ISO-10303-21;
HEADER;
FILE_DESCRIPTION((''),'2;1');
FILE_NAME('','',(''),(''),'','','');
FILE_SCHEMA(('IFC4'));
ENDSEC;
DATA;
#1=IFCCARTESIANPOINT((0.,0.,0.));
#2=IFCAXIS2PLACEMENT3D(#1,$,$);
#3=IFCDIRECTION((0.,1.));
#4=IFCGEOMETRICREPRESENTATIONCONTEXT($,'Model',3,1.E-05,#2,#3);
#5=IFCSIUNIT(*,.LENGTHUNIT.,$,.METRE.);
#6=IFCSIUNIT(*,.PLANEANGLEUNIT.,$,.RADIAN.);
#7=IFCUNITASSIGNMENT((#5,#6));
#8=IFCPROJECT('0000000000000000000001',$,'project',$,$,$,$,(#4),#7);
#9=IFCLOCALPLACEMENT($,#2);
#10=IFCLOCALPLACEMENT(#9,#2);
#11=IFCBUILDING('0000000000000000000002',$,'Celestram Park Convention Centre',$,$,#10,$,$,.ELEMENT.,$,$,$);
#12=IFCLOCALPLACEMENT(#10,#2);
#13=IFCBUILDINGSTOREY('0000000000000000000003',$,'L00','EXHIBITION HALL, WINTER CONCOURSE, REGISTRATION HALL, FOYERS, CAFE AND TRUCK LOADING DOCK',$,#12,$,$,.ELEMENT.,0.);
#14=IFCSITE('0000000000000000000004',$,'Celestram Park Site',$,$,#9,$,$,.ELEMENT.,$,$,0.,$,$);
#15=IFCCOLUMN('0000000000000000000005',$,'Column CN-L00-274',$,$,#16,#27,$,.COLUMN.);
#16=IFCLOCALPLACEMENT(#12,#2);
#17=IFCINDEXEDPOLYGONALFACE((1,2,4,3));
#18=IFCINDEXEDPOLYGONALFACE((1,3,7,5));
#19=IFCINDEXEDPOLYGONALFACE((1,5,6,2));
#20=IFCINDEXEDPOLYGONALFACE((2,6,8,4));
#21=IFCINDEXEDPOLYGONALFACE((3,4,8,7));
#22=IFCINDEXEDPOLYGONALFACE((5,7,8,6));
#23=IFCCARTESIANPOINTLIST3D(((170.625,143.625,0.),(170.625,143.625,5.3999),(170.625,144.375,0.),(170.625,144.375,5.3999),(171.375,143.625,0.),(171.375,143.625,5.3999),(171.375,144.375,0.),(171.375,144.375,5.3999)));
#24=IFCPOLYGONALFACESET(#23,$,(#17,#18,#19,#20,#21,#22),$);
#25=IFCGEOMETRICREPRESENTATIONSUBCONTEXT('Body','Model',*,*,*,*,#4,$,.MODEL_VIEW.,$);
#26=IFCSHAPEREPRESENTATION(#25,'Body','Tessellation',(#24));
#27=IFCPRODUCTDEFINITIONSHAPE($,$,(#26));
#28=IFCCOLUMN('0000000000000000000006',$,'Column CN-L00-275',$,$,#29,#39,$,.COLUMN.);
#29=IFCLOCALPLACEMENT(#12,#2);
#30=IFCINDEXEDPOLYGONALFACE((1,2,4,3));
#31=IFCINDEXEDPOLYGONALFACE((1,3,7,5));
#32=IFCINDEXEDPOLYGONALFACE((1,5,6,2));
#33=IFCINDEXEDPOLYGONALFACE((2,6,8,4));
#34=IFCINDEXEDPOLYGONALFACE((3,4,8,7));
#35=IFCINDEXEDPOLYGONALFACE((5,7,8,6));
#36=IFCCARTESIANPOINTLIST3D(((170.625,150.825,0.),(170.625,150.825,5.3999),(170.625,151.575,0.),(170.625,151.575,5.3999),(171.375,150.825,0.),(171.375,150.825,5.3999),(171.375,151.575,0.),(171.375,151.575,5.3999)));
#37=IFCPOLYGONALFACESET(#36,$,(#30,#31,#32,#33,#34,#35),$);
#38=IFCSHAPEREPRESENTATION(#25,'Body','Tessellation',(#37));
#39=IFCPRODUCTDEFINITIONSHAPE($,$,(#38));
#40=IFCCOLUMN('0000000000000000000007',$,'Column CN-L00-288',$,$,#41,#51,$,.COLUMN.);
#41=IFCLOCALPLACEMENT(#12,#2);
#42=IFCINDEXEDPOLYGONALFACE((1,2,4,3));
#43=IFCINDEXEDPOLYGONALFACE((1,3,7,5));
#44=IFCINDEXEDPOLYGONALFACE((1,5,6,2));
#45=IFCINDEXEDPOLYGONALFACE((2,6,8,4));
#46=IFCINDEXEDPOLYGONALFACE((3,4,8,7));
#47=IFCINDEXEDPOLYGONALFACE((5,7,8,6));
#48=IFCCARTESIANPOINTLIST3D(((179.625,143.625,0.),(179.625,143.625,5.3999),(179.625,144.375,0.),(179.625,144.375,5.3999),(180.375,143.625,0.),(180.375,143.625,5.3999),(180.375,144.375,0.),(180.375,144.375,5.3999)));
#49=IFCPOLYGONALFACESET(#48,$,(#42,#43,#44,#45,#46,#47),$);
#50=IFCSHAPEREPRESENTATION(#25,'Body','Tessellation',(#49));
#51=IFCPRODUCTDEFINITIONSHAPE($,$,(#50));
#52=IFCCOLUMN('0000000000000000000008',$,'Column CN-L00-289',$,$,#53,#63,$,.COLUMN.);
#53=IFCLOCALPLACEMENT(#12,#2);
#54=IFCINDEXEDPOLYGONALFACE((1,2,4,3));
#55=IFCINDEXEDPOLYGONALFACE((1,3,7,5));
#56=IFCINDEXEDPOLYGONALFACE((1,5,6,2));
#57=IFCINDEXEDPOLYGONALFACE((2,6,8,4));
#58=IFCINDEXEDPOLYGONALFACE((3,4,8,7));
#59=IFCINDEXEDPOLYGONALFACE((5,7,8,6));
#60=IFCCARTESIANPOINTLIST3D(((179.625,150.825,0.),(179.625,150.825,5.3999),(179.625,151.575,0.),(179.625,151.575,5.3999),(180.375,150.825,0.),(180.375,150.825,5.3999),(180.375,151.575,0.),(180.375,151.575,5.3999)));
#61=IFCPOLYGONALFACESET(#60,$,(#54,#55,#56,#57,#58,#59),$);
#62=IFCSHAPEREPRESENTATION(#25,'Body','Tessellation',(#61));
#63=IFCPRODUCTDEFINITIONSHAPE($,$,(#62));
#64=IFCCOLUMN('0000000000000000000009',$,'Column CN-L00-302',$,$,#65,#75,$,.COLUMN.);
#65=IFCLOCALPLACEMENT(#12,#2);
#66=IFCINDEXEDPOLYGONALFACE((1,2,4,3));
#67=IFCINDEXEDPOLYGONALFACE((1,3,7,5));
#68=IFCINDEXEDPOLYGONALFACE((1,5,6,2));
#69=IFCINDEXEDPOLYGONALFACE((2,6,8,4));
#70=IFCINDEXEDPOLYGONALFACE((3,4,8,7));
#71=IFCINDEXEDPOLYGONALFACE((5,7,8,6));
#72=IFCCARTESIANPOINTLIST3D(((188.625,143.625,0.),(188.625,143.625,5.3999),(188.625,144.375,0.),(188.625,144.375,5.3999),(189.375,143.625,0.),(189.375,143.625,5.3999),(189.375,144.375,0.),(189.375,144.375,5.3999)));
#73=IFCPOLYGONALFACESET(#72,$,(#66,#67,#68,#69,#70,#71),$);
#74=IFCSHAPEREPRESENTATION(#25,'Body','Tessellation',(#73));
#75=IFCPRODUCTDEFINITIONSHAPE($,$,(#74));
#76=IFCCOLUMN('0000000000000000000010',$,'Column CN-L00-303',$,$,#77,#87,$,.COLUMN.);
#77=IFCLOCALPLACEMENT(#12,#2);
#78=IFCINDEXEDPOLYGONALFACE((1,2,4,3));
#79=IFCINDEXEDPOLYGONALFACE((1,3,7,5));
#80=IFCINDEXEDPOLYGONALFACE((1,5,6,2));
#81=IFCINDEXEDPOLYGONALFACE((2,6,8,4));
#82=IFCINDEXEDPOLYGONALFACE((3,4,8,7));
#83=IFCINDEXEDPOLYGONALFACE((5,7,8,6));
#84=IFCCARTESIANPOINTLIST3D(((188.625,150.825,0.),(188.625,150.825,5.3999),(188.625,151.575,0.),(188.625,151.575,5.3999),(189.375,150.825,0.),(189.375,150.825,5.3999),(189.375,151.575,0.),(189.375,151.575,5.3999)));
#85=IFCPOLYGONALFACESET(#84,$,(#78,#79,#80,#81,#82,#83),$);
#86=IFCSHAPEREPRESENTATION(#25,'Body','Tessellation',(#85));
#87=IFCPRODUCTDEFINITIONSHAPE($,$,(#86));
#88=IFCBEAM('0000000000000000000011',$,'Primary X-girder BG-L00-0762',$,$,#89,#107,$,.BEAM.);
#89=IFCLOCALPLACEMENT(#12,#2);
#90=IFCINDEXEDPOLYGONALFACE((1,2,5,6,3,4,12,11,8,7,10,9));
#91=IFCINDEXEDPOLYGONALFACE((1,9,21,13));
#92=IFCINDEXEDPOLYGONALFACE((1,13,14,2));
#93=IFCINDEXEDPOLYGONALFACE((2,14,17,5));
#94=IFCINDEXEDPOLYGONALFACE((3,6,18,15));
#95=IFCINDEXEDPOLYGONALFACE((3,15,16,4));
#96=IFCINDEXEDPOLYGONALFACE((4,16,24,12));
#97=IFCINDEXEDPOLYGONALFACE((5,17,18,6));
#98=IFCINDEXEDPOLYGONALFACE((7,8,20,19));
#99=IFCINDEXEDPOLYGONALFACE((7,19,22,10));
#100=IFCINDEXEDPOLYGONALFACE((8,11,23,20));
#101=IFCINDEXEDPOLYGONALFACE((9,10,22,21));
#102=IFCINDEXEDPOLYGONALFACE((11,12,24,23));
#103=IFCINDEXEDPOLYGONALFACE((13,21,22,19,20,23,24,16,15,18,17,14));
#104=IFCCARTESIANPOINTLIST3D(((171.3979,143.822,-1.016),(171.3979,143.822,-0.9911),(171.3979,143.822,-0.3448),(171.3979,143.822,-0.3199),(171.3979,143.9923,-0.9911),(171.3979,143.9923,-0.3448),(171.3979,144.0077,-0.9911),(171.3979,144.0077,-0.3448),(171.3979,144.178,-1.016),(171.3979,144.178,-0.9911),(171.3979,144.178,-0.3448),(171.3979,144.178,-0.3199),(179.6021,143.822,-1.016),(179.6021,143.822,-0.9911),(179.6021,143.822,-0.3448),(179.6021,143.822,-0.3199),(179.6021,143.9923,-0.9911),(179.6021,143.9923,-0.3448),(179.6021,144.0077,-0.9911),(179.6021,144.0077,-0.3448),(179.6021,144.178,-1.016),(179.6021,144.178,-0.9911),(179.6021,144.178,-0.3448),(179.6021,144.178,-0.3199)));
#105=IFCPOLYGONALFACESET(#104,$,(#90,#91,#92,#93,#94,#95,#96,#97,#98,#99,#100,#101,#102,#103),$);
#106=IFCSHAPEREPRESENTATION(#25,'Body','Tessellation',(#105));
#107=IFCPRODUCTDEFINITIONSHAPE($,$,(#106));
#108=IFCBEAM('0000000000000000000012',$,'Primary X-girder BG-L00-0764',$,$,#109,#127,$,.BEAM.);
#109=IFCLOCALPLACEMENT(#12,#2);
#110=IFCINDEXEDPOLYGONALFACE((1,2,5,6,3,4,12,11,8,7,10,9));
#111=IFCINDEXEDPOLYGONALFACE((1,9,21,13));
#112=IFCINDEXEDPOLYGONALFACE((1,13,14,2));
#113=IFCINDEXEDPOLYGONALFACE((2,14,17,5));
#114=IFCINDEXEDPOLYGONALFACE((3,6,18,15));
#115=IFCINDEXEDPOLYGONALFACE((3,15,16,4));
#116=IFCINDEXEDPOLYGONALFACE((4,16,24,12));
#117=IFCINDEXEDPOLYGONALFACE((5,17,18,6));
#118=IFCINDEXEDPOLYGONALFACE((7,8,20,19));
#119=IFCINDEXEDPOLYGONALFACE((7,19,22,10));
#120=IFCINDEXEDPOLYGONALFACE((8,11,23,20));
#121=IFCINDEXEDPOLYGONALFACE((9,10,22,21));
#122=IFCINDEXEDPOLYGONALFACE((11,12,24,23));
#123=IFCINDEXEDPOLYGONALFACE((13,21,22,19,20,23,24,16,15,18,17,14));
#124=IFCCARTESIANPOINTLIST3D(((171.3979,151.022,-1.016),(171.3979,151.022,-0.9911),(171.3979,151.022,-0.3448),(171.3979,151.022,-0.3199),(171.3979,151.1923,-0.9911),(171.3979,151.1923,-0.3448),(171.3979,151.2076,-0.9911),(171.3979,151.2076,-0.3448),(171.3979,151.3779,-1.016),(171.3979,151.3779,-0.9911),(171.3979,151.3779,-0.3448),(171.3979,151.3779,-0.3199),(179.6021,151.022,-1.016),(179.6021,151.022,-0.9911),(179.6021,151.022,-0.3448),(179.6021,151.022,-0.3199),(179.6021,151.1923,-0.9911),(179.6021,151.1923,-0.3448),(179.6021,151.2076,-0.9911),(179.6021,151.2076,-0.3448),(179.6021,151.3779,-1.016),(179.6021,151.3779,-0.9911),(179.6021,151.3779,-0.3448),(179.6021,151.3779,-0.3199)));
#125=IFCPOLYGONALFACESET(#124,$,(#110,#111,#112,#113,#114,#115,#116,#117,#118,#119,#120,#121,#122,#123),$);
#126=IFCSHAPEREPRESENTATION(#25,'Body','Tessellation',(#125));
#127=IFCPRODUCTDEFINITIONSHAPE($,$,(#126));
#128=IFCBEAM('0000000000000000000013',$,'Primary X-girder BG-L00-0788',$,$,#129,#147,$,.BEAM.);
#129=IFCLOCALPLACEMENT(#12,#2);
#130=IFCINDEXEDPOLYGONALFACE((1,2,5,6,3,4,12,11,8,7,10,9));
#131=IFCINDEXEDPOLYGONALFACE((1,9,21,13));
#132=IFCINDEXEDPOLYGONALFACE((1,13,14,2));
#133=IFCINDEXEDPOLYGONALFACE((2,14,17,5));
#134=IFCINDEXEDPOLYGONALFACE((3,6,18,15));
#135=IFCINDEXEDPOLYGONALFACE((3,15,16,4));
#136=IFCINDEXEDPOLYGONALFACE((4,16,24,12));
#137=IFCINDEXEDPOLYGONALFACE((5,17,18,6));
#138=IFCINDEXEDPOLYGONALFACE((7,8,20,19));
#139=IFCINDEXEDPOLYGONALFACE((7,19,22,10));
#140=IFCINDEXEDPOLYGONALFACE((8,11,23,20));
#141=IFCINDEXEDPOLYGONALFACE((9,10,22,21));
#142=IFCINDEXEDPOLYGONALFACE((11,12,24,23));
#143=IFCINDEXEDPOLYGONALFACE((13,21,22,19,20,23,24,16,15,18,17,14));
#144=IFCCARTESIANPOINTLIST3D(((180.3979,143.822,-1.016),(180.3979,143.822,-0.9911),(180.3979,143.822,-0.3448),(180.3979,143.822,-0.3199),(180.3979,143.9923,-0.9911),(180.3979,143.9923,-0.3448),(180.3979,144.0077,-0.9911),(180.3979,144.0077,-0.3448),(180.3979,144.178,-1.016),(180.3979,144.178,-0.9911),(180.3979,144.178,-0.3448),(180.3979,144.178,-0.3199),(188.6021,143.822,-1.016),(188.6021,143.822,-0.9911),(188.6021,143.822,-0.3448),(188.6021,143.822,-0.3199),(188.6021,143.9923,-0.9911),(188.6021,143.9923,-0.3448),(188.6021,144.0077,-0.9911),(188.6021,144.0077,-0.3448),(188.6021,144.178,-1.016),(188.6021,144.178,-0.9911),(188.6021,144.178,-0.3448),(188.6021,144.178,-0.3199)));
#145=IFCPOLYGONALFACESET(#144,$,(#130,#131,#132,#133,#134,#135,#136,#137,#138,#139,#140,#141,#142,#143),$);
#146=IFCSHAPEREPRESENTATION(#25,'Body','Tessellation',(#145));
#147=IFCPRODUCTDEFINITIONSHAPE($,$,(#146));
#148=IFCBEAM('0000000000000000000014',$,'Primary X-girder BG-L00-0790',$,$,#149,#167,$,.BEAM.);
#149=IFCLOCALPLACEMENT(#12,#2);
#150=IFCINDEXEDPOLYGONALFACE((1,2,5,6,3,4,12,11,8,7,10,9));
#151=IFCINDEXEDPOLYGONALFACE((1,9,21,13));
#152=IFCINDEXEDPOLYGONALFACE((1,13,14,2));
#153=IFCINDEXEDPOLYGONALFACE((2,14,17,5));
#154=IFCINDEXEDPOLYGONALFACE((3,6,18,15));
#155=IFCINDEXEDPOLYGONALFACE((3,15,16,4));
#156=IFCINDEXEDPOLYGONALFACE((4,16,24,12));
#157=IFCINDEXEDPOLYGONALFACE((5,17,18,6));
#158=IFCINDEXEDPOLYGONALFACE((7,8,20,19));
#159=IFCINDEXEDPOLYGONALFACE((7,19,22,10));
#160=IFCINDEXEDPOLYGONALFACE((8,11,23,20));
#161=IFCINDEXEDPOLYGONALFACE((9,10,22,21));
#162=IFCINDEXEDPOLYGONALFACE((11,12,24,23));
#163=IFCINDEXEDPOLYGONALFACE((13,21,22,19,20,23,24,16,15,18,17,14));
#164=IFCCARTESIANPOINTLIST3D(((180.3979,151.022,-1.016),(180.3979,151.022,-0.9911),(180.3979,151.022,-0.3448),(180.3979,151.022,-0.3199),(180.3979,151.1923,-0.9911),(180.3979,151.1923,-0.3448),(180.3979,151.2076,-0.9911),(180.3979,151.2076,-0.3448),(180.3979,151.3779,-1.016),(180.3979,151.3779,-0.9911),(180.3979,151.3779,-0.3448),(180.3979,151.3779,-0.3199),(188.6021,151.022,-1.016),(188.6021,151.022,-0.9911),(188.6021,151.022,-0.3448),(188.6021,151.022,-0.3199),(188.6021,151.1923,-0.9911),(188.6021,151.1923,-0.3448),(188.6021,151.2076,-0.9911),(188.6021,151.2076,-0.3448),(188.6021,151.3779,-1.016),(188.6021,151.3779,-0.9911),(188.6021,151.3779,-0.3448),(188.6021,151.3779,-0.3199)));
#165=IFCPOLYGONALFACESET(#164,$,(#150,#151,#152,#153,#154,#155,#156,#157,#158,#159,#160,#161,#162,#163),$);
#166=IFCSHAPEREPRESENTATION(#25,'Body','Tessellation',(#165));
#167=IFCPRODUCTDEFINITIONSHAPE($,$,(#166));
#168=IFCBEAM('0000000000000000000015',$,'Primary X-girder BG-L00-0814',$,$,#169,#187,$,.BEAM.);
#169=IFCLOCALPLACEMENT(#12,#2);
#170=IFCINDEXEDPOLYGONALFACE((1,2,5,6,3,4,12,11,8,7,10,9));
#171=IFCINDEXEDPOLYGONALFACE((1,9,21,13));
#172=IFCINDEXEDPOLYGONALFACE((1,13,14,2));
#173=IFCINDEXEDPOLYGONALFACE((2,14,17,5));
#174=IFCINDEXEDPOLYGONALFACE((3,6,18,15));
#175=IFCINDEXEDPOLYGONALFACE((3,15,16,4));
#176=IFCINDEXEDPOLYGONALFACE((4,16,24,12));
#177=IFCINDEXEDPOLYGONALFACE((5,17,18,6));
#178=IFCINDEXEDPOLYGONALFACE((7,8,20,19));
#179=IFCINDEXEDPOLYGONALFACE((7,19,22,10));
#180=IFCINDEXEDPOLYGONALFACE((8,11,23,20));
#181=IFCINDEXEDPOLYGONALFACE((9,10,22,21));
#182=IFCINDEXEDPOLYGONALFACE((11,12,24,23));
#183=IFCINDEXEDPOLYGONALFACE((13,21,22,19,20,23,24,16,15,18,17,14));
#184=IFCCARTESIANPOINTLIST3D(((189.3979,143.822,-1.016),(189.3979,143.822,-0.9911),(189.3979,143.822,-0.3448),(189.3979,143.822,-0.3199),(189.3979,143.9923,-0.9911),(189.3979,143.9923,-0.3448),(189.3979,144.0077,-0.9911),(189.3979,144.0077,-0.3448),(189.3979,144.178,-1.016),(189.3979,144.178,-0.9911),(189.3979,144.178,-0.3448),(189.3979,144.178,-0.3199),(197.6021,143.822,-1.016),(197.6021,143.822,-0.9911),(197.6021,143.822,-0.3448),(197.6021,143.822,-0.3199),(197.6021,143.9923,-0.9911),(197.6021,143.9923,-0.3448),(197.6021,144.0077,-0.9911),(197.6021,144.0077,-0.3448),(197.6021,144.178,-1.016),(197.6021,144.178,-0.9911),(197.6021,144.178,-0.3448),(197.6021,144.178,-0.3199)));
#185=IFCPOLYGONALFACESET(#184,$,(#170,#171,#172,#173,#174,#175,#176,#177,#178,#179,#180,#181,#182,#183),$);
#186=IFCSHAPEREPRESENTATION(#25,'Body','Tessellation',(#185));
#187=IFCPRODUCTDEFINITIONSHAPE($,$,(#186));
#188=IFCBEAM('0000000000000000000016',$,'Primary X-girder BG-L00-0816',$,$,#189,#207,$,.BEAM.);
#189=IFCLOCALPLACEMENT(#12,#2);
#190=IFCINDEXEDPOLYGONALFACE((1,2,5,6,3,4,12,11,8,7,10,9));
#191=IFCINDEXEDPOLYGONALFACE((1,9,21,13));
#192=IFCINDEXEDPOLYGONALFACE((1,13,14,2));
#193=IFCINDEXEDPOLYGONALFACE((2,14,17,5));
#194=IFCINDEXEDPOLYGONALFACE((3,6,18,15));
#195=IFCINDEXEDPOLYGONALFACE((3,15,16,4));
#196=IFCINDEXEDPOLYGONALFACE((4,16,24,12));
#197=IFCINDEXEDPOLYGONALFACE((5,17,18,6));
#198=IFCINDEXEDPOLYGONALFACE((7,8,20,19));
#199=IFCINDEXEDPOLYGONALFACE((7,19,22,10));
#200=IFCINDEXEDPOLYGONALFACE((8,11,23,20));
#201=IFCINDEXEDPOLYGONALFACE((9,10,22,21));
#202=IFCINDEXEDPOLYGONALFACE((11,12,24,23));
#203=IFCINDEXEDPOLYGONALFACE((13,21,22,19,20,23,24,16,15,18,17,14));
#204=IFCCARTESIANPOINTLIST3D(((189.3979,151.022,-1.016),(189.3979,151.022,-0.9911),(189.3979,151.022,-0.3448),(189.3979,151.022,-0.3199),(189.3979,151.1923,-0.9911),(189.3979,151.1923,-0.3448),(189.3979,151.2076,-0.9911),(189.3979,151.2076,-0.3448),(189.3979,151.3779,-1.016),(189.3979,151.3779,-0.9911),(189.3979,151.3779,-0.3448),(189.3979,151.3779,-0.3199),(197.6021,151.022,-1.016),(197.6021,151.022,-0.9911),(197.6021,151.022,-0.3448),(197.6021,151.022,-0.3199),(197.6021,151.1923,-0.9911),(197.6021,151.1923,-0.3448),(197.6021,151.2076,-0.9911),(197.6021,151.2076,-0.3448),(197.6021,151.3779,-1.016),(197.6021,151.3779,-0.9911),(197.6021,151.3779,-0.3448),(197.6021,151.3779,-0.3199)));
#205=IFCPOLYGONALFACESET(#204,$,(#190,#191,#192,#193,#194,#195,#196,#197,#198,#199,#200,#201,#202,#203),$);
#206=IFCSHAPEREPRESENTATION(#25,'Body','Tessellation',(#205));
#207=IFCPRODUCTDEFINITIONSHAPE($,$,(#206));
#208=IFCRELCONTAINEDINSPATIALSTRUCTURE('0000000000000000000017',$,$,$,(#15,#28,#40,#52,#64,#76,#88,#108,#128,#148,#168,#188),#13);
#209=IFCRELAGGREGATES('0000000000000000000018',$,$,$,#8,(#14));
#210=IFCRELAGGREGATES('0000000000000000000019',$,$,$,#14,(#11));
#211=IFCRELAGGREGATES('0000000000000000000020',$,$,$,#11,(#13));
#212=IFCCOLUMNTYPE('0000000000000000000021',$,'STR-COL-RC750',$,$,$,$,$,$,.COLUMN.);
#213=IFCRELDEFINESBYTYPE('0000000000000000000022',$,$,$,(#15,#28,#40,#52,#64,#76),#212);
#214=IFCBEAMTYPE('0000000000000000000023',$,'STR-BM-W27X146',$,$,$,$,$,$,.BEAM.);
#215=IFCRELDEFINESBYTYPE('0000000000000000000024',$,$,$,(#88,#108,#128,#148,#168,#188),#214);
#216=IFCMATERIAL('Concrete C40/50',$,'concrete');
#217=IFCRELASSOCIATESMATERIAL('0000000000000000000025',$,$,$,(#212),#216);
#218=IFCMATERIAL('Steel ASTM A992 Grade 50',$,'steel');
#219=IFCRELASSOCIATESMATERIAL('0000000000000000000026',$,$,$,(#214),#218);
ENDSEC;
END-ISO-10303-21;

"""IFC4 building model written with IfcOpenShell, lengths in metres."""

from ifc_helpers import new_model, si_unit, direction, frame, origin, origin_2d, place, context, subcontext, project, spatial, rectangle, i_section, extrude, material, material_profile, profile_set, type_object, element, save


model = new_model("IFC4")

# Units and contexts
model_context = context("Model", 3, precision=1e-05, world=origin(), true_north=direction((0.0, 1.0)))
body_context = subcontext(model_context, "Body", "Model", "MODEL_VIEW")
ifc_project = project(units=[si_unit("LENGTHUNIT", "METRE"), si_unit("PLANEANGLEUNIT", "RADIAN")], contexts=[model_context])

# Site, building, storey
site_placement = place(None, origin())
site = spatial("IfcSite", under=ifc_project, at=site_placement, Name="Celestram Park Site", CompositionType="ELEMENT", RefElevation=0.0)
building_placement = place(site_placement, origin())
building = spatial("IfcBuilding", under=site, at=building_placement, Name="Celestram Park Convention Centre", CompositionType="ELEMENT")
storey_placement = place(building_placement, origin())
storey = spatial("IfcBuildingStorey", under=building, at=storey_placement, Name="L00", Description="EXHIBITION HALL, WINTER CONCOURSE, REGISTRATION HALL, FOYERS, CAFE AND TRUCK LOADING DOCK", CompositionType="ELEMENT", Elevation=0.0)

# Columns
ifc_material_1 = material(Name="Concrete C40/50", Category="concrete")
ifc_material_profile_1 = material_profile(ifc_material_1, rectangle(XDim=0.75, YDim=0.75, at=origin_2d()), Name="RC750X750")
ifc_profile_set_1 = profile_set([ifc_material_profile_1], Name="Concrete C40/50")
column_type = type_object("IfcColumnType", Name="STR-COL-RC750", PredefinedType="COLUMN", material=ifc_profile_set_1)
for number, where, z_axis, x_axis, name in (
    (1, (171.0, 144.0, 0.0), (0.0, 0.0, 1.0), (1.0, 0.0, 0.0), "Column CN-L00-274"),
    (2, (171.0, 151.2, 0.0), (0.0, 0.0, 1.0), (1.0, 0.0, 0.0), "Column CN-L00-275"),
    (3, (180.0, 144.0, 0.0), (0.0, 0.0, 1.0), (1.0, 0.0, 0.0), "Column CN-L00-288"),
    (4, (180.0, 151.2, 0.0), (0.0, 0.0, 1.0), (1.0, 0.0, 0.0), "Column CN-L00-289"),
    (5, (189.0, 144.0, 0.0), (0.0, 0.0, 1.0), (1.0, 0.0, 0.0), "Column CN-L00-302"),
    (6, (189.0, 151.2, 0.0), (0.0, 0.0, 1.0), (1.0, 0.0, 0.0), "Column CN-L00-303"),
):
    element("IfcColumn", number, at=place(storey_placement, frame(where, z_axis=z_axis, x_axis=x_axis)), inside=storey, type_object=column_type, Name=name, PredefinedType="COLUMN", context=body_context, shape_type="SweptSolid", body=[
        extrude(rectangle(XDim=0.75, YDim=0.75, at=origin_2d()), origin(), (0.0, 0.0, 1.0), 5.3999),
    ])

# Beams
ifc_material_2 = material(Name="Steel ASTM A992 Grade 50", Category="steel")
ifc_material_profile_2 = material_profile(ifc_material_2, i_section(OverallWidth=0.356, OverallDepth=0.696, WebThickness=0.0154, FlangeThickness=0.0249, at=origin_2d()), Name="W27X146")
ifc_profile_set_2 = profile_set([ifc_material_profile_2], Name="Steel ASTM A992 Grade 50")
beam_type_1 = type_object("IfcBeamType", Name="STR-BM-W27X146", PredefinedType="BEAM", material=ifc_profile_set_2)
for number, where, z_axis, x_axis, name in (
    (7, (171.3979, 144.0, -0.668), (1.0, 0.0, 0.0), (0.0, 1.0, 0.0), "Primary X-girder BG-L00-0762"),
    (8, (171.3979, 151.2, -0.668), (1.0, 0.0, 0.0), (0.0, 1.0, 0.0), "Primary X-girder BG-L00-0764"),
    (9, (180.3979, 144.0, -0.668), (1.0, 0.0, 0.0), (0.0, 1.0, 0.0), "Primary X-girder BG-L00-0788"),
    (10, (180.3979, 151.2, -0.668), (1.0, 0.0, 0.0), (0.0, 1.0, 0.0), "Primary X-girder BG-L00-0790"),
    (11, (189.3979, 144.0, -0.668), (1.0, 0.0, 0.0), (0.0, 1.0, 0.0), "Primary X-girder BG-L00-0814"),
    (12, (189.3979, 151.2, -0.668), (1.0, 0.0, 0.0), (0.0, 1.0, 0.0), "Primary X-girder BG-L00-0816"),
):
    element("IfcBeam", number, at=place(storey_placement, frame(where, z_axis=z_axis, x_axis=x_axis)), inside=storey, type_object=beam_type_1, Name=name, PredefinedType="BEAM", context=body_context, shape_type="SweptSolid", body=[
        extrude(i_section(OverallWidth=0.356, OverallDepth=0.696, WebThickness=0.0154, FlangeThickness=0.0249, at=origin_2d()), origin(), (0.0, 0.0, 1.0), 8.2041),
    ])

save(model, "model.ifc")
